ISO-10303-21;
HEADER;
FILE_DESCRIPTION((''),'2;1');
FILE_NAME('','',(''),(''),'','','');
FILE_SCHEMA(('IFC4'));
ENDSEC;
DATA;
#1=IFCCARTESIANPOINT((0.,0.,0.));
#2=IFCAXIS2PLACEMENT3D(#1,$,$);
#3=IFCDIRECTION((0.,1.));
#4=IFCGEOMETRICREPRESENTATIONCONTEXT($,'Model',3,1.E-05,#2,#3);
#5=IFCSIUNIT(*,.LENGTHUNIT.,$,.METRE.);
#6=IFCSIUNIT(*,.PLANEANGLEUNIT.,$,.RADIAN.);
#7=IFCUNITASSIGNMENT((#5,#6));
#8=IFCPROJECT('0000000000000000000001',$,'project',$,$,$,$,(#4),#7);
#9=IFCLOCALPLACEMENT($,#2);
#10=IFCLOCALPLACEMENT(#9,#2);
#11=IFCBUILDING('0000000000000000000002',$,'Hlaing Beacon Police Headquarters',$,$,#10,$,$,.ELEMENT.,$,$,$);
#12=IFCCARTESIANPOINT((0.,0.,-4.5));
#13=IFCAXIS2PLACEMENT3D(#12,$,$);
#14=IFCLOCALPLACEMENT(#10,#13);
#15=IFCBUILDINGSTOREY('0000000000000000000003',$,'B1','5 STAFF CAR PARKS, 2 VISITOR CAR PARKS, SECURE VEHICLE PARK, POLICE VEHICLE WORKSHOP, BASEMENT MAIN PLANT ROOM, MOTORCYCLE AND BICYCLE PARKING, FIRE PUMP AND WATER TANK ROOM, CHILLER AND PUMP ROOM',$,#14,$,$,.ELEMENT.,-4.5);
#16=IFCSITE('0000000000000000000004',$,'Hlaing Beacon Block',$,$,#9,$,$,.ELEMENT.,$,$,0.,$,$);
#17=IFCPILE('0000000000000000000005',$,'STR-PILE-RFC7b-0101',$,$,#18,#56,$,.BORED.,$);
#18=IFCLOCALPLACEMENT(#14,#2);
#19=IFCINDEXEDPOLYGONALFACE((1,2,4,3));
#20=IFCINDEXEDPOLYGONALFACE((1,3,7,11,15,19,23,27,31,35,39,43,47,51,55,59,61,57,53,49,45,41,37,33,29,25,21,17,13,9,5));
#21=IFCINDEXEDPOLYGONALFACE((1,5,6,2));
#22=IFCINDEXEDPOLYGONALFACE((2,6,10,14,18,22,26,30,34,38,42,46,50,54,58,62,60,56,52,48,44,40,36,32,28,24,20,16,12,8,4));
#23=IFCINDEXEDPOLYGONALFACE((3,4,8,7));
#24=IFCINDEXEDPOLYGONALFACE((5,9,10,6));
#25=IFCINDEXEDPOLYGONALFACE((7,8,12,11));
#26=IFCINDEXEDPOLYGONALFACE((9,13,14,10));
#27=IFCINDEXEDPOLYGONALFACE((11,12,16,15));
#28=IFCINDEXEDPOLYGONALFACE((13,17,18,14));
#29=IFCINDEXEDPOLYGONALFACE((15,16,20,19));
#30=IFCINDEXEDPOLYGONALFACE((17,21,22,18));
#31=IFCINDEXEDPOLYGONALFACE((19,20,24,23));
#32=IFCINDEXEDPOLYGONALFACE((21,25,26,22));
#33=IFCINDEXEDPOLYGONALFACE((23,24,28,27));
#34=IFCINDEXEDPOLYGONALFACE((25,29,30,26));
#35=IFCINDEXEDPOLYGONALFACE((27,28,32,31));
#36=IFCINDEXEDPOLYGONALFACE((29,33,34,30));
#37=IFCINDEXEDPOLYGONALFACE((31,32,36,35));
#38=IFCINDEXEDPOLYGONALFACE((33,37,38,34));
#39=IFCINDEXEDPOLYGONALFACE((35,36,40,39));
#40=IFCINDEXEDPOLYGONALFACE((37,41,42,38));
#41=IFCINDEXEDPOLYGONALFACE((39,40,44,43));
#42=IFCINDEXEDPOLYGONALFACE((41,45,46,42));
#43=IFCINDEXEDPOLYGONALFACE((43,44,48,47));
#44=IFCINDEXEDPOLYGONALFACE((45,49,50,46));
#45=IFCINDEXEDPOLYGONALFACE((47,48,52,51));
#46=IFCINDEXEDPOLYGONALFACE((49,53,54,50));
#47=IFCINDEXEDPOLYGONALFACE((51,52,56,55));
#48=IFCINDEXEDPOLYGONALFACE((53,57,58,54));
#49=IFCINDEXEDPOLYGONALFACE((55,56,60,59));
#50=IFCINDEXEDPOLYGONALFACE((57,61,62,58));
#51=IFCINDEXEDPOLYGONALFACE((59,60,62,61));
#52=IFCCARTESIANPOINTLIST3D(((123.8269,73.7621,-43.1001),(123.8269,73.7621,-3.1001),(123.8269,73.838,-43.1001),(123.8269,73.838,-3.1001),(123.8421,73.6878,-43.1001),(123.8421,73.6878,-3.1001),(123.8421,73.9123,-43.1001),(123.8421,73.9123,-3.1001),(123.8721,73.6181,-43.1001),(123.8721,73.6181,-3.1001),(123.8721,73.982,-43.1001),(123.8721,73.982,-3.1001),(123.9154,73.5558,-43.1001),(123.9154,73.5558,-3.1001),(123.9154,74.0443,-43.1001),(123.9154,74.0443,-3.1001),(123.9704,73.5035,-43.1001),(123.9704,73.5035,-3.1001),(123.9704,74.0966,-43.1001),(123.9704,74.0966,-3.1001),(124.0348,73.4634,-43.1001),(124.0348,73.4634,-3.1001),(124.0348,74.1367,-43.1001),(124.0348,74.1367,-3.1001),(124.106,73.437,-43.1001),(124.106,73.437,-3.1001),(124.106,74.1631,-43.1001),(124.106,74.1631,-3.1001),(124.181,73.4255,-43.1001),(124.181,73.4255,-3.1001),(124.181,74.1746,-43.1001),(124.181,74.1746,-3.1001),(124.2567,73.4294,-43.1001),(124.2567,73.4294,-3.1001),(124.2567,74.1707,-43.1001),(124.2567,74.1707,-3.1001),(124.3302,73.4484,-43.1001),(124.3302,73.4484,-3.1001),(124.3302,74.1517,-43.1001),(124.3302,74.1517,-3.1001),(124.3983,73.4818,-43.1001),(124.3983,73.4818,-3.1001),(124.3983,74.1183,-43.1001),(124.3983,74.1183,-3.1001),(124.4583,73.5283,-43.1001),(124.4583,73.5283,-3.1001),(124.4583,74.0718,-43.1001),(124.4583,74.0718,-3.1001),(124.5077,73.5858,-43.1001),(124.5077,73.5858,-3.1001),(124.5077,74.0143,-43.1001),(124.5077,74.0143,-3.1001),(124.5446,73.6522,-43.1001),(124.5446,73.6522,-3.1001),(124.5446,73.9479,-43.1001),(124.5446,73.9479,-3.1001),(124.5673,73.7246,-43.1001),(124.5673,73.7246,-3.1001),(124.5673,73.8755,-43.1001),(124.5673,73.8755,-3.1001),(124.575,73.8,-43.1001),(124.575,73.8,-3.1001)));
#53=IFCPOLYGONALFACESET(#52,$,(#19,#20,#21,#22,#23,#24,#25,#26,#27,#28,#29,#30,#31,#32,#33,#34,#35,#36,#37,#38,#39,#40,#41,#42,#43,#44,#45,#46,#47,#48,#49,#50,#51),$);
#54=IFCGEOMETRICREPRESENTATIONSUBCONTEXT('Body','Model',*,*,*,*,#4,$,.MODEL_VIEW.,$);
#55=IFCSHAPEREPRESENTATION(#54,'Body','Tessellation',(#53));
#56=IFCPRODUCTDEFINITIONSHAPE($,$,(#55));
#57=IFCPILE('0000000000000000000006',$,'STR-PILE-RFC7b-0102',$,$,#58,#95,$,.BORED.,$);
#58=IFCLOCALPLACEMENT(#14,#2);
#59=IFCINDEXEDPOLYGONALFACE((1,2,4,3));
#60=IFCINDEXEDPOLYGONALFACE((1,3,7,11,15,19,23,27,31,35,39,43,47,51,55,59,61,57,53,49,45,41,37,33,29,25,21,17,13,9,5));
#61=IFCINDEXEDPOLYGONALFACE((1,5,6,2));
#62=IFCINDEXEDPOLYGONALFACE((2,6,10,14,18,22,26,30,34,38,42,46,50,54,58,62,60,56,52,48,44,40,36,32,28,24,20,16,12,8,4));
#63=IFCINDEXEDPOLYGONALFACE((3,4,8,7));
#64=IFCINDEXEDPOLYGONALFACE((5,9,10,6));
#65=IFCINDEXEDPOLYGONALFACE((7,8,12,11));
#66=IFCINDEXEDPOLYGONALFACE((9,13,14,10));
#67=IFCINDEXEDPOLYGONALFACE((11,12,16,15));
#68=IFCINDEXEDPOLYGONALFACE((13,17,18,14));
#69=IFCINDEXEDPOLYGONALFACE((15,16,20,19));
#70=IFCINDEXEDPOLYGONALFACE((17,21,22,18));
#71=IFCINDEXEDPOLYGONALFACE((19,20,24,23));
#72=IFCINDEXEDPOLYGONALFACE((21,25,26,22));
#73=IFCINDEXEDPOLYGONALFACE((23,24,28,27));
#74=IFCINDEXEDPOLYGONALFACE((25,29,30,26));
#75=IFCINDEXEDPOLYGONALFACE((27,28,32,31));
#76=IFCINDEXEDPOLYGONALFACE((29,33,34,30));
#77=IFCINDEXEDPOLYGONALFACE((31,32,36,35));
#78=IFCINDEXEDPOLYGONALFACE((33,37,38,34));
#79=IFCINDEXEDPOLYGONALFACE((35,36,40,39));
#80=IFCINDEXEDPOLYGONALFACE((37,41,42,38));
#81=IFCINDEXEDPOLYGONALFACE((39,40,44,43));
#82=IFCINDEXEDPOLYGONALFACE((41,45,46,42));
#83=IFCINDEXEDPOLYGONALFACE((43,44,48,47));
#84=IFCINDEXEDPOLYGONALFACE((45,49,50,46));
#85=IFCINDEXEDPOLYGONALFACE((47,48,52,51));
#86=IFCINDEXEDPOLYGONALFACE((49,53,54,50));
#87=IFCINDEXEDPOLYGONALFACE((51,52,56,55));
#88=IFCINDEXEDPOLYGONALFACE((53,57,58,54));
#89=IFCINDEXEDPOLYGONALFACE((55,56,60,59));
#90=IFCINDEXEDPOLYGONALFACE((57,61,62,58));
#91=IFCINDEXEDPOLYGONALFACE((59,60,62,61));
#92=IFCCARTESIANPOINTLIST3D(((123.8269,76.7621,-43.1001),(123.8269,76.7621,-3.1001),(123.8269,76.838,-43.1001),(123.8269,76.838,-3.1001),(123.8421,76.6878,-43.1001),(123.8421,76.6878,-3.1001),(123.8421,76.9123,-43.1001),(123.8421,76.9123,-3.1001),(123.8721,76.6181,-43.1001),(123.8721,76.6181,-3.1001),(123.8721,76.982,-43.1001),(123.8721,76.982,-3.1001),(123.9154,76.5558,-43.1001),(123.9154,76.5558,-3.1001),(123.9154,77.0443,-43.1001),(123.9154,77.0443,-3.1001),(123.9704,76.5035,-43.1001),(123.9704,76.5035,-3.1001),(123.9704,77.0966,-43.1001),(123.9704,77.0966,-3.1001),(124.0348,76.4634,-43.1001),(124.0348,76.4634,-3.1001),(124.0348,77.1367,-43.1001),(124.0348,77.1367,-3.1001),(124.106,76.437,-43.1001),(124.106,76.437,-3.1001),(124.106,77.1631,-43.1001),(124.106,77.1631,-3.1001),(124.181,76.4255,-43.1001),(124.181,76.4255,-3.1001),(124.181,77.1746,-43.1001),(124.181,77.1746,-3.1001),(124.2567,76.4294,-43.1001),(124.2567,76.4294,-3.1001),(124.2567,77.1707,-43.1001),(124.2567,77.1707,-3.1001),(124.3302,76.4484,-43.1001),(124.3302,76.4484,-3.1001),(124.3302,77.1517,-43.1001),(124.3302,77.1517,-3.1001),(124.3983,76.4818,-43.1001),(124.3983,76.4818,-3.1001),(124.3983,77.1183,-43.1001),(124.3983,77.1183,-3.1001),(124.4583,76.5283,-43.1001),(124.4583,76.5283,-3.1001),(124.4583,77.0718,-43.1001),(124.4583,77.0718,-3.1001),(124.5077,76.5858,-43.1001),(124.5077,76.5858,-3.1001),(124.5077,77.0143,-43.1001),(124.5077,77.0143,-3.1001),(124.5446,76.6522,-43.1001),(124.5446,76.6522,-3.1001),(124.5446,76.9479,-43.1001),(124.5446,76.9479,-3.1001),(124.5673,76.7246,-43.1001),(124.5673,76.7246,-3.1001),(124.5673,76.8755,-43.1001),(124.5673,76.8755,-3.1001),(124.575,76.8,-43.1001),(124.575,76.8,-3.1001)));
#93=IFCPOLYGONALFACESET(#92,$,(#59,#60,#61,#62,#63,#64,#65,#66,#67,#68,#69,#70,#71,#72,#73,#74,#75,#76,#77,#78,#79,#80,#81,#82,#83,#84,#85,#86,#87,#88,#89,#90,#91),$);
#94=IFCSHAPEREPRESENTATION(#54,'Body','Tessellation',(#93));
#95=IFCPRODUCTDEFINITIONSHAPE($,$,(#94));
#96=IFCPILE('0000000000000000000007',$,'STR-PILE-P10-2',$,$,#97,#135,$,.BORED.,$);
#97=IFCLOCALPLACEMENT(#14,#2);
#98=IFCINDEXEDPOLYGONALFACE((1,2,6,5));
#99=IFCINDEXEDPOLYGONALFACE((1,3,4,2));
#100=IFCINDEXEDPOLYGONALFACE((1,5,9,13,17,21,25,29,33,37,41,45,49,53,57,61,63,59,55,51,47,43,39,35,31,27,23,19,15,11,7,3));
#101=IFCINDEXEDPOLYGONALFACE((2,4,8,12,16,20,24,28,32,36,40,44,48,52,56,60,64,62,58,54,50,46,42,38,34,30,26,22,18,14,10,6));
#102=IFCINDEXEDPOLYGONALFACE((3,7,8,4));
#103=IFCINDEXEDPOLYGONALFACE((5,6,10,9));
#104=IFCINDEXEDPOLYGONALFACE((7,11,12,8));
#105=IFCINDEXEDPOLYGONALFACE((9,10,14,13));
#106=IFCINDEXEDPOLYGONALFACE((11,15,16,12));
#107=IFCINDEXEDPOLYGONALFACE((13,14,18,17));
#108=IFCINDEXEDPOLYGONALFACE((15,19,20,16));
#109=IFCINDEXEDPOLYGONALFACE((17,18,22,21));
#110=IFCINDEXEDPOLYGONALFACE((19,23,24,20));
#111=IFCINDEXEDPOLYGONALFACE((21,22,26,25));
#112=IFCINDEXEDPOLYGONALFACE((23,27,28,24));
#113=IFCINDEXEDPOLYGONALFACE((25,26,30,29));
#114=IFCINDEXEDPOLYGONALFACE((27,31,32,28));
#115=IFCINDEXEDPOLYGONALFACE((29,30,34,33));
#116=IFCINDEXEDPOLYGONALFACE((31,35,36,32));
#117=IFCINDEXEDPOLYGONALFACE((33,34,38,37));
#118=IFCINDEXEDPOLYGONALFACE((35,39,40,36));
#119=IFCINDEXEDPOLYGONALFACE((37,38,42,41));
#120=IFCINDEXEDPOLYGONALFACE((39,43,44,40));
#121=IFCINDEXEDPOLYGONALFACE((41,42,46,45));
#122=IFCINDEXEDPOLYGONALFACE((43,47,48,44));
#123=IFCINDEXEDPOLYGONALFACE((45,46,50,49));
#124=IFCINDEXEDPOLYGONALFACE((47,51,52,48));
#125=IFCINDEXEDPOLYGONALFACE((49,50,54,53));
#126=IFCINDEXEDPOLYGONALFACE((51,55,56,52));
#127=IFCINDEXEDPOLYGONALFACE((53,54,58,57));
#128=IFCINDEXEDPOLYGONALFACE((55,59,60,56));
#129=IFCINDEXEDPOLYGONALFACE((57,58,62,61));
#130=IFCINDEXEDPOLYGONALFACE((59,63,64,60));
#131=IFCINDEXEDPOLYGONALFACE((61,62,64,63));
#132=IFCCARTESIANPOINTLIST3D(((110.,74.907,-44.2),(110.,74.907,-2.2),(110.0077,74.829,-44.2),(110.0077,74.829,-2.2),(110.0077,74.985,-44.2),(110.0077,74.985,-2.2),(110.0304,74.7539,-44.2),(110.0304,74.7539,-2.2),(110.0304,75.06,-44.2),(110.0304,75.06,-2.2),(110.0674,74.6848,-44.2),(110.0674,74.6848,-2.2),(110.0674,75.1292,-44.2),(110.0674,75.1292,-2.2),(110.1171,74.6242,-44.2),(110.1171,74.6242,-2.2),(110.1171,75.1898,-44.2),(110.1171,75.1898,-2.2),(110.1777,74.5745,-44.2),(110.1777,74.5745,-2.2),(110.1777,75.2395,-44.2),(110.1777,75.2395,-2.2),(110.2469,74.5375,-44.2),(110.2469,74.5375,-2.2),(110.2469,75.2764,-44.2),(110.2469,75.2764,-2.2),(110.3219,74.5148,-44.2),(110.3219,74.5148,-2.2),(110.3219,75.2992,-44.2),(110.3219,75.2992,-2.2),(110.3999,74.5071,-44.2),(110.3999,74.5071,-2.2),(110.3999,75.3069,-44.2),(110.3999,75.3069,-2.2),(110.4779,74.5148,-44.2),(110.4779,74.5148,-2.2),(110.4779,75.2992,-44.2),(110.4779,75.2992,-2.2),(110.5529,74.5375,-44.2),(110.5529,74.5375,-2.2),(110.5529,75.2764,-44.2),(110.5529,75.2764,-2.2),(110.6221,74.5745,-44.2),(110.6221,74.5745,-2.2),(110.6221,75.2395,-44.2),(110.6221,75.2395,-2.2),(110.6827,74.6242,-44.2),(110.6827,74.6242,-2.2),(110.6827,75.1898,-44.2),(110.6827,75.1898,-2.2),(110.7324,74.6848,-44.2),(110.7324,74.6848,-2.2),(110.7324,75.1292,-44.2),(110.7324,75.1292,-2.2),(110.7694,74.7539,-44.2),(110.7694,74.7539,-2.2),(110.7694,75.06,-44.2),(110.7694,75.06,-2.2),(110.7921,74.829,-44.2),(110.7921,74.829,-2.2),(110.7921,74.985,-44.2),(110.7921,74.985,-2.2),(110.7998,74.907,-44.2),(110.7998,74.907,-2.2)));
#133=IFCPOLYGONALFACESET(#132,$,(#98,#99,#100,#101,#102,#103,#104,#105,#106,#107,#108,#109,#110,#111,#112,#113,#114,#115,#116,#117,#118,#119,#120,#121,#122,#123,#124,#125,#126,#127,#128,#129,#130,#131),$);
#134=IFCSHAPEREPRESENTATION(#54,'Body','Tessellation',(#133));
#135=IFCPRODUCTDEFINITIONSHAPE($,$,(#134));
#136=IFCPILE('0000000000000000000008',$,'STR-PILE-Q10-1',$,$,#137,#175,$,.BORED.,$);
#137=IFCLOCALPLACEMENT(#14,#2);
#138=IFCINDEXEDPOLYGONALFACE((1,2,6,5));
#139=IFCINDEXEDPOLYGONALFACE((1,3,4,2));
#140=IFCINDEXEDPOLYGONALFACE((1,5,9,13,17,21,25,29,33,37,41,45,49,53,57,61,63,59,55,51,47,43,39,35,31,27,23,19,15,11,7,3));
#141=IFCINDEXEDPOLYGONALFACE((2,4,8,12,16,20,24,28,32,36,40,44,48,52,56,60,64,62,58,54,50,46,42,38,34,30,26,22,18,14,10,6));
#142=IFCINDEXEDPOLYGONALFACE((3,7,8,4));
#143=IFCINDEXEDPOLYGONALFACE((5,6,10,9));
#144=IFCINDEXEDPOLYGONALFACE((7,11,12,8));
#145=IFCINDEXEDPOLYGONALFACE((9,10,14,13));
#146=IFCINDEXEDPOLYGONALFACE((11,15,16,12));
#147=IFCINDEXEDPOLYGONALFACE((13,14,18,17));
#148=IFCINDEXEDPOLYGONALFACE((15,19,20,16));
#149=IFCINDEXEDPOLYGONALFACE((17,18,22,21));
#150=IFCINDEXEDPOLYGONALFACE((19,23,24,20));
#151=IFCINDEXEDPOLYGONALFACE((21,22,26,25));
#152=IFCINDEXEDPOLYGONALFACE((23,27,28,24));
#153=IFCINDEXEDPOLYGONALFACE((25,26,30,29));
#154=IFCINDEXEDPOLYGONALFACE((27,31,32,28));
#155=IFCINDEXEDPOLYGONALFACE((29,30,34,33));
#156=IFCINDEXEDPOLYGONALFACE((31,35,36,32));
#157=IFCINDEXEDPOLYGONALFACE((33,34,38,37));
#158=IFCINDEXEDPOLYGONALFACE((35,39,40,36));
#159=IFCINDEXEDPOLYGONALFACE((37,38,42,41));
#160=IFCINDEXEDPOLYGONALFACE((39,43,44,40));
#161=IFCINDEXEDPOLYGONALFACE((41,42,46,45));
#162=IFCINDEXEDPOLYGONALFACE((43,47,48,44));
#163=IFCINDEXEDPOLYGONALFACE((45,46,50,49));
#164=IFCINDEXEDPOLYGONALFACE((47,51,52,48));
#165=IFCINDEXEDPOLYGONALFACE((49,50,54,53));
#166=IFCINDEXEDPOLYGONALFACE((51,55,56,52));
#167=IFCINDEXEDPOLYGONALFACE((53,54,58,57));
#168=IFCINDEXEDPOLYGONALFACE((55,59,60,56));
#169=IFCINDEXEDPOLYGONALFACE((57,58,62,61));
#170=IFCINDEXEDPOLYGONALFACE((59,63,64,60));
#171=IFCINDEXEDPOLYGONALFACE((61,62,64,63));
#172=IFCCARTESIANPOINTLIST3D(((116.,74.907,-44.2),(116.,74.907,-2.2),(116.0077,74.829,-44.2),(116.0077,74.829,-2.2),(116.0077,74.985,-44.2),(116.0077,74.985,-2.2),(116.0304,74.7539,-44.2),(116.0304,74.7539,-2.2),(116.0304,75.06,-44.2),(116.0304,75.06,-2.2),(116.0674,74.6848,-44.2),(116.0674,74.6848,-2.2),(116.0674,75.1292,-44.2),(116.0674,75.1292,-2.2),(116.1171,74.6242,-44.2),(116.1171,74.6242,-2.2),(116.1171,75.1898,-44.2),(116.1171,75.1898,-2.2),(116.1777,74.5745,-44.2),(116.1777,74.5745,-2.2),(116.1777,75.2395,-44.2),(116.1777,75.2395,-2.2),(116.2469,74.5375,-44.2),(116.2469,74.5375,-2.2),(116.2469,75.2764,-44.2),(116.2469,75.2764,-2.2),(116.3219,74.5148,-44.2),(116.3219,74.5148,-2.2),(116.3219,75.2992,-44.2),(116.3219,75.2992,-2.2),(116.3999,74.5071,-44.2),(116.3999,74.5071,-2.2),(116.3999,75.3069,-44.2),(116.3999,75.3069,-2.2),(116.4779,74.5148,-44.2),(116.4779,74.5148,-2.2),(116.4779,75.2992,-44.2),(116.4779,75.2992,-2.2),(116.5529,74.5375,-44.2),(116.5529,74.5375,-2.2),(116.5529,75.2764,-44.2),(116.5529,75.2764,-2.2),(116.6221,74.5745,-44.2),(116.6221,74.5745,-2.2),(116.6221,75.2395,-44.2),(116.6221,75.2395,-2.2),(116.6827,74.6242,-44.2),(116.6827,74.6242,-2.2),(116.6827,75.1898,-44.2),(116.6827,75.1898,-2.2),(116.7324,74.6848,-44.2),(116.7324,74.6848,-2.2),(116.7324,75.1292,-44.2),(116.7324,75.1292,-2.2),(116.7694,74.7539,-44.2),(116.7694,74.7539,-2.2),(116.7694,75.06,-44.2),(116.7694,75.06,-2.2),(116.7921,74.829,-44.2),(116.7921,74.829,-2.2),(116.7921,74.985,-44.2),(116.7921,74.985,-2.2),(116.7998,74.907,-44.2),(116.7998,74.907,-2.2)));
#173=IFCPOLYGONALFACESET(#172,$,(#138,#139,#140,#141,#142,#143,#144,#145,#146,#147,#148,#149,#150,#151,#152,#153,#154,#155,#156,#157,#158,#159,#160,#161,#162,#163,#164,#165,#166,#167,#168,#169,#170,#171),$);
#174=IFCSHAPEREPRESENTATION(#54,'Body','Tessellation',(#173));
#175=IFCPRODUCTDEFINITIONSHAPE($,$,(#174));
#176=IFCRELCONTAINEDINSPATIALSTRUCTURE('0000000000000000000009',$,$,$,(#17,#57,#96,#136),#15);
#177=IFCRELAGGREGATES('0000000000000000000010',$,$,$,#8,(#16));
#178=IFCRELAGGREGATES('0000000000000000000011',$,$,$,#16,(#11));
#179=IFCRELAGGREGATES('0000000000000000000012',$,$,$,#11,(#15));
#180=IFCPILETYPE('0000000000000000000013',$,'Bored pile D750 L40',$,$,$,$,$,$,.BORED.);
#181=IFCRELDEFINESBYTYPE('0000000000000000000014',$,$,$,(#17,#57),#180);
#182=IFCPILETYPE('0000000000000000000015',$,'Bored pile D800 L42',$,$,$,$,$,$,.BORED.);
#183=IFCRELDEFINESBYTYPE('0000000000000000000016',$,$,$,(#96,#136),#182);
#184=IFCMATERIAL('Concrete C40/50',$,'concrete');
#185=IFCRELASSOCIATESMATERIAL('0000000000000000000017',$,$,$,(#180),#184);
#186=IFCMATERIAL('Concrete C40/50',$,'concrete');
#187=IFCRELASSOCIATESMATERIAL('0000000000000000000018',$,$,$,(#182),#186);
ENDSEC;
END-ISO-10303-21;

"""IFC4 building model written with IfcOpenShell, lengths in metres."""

from ifc_helpers import new_model, si_unit, direction, frame, origin, origin_2d, place, context, subcontext, project, spatial, circle, extrude, material, material_profile, profile_set, type_object, element, save


model = new_model("IFC4")

# Units and contexts
model_context = context("Model", 3, precision=1e-05, world=origin(), true_north=direction((0.0, 1.0)))
body_context = subcontext(model_context, "Body", "Model", "MODEL_VIEW")
ifc_project = project(units=[si_unit("LENGTHUNIT", "METRE"), si_unit("PLANEANGLEUNIT", "RADIAN")], contexts=[model_context])

# Site, building, storey
site_placement = place(None, origin())
site = spatial("IfcSite", under=ifc_project, at=site_placement, Name="Hlaing Beacon Block", CompositionType="ELEMENT", RefElevation=0.0)
building_placement = place(site_placement, origin())
building = spatial("IfcBuilding", under=site, at=building_placement, Name="Hlaing Beacon Police Headquarters", CompositionType="ELEMENT")
storey_placement = place(building_placement, frame((0.0, 0.0, -4.5)))
storey = spatial("IfcBuildingStorey", under=building, at=storey_placement, Name="B1", Description="5 STAFF CAR PARKS, 2 VISITOR CAR PARKS, SECURE VEHICLE PARK, POLICE VEHICLE WORKSHOP, BASEMENT MAIN PLANT ROOM, MOTORCYCLE AND BICYCLE PARKING, FIRE PUMP AND WATER TANK ROOM, CHILLER AND PUMP ROOM", CompositionType="ELEMENT", Elevation=-4.5)

# Piles
ifc_material_1 = material(Name="Concrete C40/50", Category="concrete")
ifc_material_profile_1 = material_profile(ifc_material_1, circle(Radius=0.375, at=origin_2d()), Name="D750")
ifc_profile_set_1 = profile_set([ifc_material_profile_1], Name="Concrete C40/50")
pile_type_1 = type_object("IfcPileType", Name="Bored pile D750 L40", PredefinedType="BORED", material=ifc_profile_set_1)
for number, where, z_axis, x_axis, name in (
    (1, (124.2, 73.8, -3.1001), (0.0, 0.0, -1.0), (1.0, 0.0, 0.0), "STR-PILE-RFC7b-0101"),
    (2, (124.2, 76.8, -3.1001), (0.0, 0.0, -1.0), (1.0, 0.0, 0.0), "STR-PILE-RFC7b-0102"),
):
    element("IfcPile", number, at=place(storey_placement, frame(where, z_axis=z_axis, x_axis=x_axis)), inside=storey, type_object=pile_type_1, Name=name, PredefinedType="BORED", context=body_context, shape_type="SweptSolid", body=[
        extrude(circle(Radius=0.375, at=origin_2d()), origin(), (0.0, 0.0, 1.0), 40.0),
    ])
ifc_material_2 = material(Name="Concrete C40/50", Category="concrete")
ifc_material_profile_2 = material_profile(ifc_material_2, circle(Radius=0.3999, at=origin_2d()), Name="D800")
ifc_profile_set_2 = profile_set([ifc_material_profile_2], Name="Concrete C40/50")
pile_type_2 = type_object("IfcPileType", Name="Bored pile D800 L42", PredefinedType="BORED", material=ifc_profile_set_2)
for number, where, z_axis, x_axis, name in (
    (3, (110.3999, 74.907, -2.2), (0.0, 0.0, -1.0), (1.0, 0.0, 0.0), "STR-PILE-P10-2"),
    (4, (116.3999, 74.907, -2.2), (0.0, 0.0, -1.0), (1.0, 0.0, 0.0), "STR-PILE-Q10-1"),
):
    element("IfcPile", number, at=place(storey_placement, frame(where, z_axis=z_axis, x_axis=x_axis)), inside=storey, type_object=pile_type_2, Name=name, PredefinedType="BORED", context=body_context, shape_type="SweptSolid", body=[
        extrude(circle(Radius=0.3999, at=origin_2d()), origin(), (0.0, 0.0, 1.0), 42.0),
    ])

save(model, "model.ifc")
